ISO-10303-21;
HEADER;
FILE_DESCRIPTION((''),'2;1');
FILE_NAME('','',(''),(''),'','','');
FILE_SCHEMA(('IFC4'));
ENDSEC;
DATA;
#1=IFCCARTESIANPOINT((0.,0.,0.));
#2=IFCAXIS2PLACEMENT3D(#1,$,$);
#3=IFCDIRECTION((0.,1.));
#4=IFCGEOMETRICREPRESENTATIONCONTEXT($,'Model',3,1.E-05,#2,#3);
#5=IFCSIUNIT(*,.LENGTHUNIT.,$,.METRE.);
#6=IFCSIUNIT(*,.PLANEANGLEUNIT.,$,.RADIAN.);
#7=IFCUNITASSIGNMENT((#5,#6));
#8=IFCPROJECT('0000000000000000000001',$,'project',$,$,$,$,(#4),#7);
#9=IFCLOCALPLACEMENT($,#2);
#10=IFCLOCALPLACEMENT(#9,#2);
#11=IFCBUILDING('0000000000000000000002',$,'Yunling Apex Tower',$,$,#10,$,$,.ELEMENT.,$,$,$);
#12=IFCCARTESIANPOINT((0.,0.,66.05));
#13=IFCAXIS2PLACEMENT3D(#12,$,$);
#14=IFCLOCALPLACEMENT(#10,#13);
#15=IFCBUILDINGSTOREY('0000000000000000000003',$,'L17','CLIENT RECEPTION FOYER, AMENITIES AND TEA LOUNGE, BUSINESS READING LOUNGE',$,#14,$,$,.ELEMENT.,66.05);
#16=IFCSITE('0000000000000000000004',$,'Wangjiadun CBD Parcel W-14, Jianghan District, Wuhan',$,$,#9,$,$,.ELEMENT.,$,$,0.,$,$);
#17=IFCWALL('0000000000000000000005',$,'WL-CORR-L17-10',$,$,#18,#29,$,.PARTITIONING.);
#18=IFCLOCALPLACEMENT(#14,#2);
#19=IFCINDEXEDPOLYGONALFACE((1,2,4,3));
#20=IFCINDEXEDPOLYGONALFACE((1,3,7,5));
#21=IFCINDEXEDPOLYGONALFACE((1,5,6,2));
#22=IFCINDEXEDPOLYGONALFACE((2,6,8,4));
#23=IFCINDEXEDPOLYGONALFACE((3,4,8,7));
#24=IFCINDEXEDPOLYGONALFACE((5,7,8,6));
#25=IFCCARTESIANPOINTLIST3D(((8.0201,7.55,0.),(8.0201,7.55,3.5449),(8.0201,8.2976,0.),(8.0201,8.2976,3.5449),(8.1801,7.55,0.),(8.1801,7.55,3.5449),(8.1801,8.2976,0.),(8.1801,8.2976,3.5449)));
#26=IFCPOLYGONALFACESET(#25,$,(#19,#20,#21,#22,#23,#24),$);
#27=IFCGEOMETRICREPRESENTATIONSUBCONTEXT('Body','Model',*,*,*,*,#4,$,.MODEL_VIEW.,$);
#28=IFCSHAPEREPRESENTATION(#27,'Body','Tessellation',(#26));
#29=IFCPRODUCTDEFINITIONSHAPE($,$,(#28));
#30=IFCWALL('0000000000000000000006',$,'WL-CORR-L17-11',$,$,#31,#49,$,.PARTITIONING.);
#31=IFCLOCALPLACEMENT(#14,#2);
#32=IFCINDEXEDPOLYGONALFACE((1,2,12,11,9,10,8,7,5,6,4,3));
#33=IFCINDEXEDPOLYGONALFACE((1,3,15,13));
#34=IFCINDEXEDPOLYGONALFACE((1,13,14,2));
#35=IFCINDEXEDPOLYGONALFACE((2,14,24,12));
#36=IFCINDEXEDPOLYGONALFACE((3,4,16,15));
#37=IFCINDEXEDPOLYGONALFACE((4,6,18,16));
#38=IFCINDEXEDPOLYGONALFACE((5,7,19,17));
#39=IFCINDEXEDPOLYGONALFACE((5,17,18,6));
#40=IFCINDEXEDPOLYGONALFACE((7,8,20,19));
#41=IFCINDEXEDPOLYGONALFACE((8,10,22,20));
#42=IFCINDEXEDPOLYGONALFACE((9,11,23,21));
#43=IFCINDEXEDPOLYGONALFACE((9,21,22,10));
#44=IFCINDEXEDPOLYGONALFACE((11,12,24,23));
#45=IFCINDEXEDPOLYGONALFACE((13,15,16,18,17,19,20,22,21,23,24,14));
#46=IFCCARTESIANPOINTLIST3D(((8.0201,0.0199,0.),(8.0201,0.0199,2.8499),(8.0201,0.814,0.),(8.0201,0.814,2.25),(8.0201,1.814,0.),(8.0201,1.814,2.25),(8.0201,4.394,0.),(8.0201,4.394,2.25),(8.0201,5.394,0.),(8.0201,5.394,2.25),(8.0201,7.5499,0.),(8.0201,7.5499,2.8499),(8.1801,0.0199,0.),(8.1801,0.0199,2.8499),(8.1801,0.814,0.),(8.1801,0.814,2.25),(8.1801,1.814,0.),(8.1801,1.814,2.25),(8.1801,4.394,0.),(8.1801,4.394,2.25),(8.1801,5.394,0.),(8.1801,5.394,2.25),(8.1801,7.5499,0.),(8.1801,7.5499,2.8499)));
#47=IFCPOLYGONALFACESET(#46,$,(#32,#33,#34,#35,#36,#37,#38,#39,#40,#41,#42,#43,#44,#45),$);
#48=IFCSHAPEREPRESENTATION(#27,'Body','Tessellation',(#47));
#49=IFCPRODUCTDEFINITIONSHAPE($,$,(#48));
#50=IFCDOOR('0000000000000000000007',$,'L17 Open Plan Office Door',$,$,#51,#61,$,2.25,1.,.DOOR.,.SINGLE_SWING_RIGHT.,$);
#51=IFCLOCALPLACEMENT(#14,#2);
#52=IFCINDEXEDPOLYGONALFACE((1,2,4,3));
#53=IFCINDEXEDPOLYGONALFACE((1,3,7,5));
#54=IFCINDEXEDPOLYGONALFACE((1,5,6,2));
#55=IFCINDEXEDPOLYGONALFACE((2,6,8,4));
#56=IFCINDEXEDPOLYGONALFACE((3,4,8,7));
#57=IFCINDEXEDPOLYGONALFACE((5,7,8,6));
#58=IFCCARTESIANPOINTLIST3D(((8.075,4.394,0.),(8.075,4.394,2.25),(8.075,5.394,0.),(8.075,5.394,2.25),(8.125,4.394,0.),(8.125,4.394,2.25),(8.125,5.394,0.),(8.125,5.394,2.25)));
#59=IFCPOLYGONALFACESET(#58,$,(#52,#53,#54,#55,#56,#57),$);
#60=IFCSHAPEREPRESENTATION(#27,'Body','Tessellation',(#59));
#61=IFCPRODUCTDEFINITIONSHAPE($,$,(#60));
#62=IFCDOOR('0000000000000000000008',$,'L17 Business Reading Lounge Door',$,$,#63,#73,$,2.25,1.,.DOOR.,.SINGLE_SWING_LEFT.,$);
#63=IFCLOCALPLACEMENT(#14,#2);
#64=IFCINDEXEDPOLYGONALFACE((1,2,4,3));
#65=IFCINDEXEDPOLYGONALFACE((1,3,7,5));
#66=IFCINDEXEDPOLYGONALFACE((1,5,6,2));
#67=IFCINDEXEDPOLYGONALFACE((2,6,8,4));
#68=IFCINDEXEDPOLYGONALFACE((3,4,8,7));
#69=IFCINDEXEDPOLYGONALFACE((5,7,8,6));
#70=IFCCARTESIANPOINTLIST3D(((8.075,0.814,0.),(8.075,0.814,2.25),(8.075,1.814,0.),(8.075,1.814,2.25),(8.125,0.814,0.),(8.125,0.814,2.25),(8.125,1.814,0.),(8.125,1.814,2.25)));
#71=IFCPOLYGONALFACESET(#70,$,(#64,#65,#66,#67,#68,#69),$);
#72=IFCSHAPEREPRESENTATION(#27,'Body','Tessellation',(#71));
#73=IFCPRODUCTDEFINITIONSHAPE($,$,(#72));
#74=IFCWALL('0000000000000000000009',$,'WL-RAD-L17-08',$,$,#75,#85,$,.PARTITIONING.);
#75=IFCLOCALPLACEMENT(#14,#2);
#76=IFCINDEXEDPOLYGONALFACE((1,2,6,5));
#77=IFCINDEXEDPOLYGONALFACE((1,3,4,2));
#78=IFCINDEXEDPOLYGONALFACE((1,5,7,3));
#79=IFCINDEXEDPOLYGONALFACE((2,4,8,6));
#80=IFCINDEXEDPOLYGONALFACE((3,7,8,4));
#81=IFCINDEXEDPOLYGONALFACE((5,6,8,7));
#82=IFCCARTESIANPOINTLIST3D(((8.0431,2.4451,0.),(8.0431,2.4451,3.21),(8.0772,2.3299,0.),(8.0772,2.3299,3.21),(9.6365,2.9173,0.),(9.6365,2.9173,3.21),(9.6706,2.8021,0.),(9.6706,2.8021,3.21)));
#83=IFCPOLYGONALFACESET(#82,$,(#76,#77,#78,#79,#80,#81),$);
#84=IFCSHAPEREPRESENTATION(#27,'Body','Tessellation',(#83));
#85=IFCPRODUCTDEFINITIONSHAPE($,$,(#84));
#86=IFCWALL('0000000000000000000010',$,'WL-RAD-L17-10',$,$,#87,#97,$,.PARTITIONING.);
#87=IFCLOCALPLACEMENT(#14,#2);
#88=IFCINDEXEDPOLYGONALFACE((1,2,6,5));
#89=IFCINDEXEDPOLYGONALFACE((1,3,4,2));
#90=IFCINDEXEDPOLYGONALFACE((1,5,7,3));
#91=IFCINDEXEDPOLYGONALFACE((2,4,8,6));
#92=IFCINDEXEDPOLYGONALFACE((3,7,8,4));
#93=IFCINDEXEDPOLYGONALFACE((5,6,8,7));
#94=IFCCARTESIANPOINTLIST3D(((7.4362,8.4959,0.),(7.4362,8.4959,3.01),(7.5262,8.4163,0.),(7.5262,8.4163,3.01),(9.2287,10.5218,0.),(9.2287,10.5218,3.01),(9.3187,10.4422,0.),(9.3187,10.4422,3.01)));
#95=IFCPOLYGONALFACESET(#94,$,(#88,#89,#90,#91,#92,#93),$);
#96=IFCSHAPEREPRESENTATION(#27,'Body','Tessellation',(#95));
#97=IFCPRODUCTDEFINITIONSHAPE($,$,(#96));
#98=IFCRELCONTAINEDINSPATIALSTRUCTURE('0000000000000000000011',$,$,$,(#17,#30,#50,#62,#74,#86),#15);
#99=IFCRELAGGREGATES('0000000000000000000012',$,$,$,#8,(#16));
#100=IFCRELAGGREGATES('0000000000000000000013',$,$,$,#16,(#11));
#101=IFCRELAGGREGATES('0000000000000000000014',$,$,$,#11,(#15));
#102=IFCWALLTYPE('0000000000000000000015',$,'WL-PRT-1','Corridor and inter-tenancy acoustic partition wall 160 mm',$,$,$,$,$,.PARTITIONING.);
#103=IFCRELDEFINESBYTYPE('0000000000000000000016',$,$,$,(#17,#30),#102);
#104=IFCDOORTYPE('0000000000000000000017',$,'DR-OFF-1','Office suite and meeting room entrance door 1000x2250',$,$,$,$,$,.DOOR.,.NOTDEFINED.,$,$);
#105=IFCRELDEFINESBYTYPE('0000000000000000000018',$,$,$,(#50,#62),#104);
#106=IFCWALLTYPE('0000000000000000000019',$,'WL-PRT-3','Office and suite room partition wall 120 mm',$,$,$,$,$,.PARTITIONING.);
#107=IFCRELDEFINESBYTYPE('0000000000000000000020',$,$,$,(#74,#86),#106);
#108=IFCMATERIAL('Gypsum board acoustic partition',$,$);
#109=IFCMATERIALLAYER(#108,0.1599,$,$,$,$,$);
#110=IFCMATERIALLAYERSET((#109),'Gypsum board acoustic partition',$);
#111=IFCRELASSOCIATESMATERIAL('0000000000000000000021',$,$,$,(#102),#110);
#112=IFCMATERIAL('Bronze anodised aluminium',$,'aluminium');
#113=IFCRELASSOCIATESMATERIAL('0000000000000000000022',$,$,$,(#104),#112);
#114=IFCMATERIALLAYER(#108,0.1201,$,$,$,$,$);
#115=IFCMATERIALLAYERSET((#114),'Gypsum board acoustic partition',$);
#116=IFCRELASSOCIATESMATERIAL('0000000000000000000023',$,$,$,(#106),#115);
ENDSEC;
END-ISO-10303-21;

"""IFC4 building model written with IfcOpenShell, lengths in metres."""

from ifc_helpers import new_model, si_unit, direction, frame, frame_2d, origin, place, context, subcontext, project, spatial, rectangle, extrude, material, layer, layer_set, type_object, element, fill, save


model = new_model("IFC4")

# Units and contexts
model_context = context("Model", 3, precision=1e-05, world=origin(), true_north=direction((0.0, 1.0)))
body_context = subcontext(model_context, "Body", "Model", "MODEL_VIEW")
ifc_project = project(units=[si_unit("LENGTHUNIT", "METRE"), si_unit("PLANEANGLEUNIT", "RADIAN")], contexts=[model_context])

# Site, building, storey
site_placement = place(None, origin())
site = spatial("IfcSite", under=ifc_project, at=site_placement, Name="Wangjiadun CBD Parcel W-14, Jianghan District, Wuhan", CompositionType="ELEMENT", RefElevation=0.0)
building_placement = place(site_placement, origin())
building = spatial("IfcBuilding", under=site, at=building_placement, Name="Yunling Apex Tower", CompositionType="ELEMENT")
storey_placement = place(building_placement, frame((0.0, 0.0, 66.05)))
storey = spatial("IfcBuildingStorey", under=building, at=storey_placement, Name="L17", Description="CLIENT RECEPTION FOYER, AMENITIES AND TEA LOUNGE, BUSINESS READING LOUNGE", CompositionType="ELEMENT", Elevation=66.05)

# Shared definitions
ifc_material_1 = material(Name="Bronze anodised aluminium", Category="aluminium")

# Wall
ifc_material_2 = material(Name="Gypsum board acoustic partition")
ifc_layer_1 = layer(ifc_material_2, 0.1599)
ifc_layer_set_1 = layer_set([ifc_layer_1], Name="Gypsum board acoustic partition")
wall_type_1 = type_object("IfcWallType", Name="WL-PRT-1", Description="Corridor and inter-tenancy acoustic partition wall 160 mm", PredefinedType="PARTITIONING", material=ifc_layer_set_1)
wall_1_placement = place(storey_placement, frame((8.1001, 8.2976, 0.0), z_axis=(0.0, 0.0, 1.0), x_axis=(0.0, -1.0, 0.0)))
element("IfcWall", 1, at=wall_1_placement, inside=storey, type_object=wall_type_1, Name="WL-CORR-L17-10", PredefinedType="PARTITIONING", context=body_context, shape_type="SweptSolid", body=[
    extrude(rectangle(XDim=0.7476, YDim=0.1599, at=frame_2d((0.3738, 0.0))), origin(), (0.0, 0.0, 1.0), 3.5449),
])

# Wall, openings, doors
wall_2_placement = place(storey_placement, frame((8.1001, 7.55, 0.0), z_axis=(0.0, 0.0, 1.0), x_axis=(0.0, -1.0, 0.0)))
wall_2 = element("IfcWall", 2, at=wall_2_placement, inside=storey, type_object=wall_type_1, Name="WL-CORR-L17-11", PredefinedType="PARTITIONING", context=body_context, shape_type="SweptSolid", body=[
    extrude(rectangle(XDim=7.53, YDim=0.1599, at=frame_2d((3.7651, 0.0))), origin(), (0.0, 0.0, 1.0), 2.8499),
])
opening_1_placement = place(wall_2_placement, frame((2.156, 0.0, 0.0)))
opening_1 = element("IfcOpeningElement", 3, at=opening_1_placement, cuts=wall_2, PredefinedType="OPENING", context=body_context, shape_type="SweptSolid", body=[
    extrude(rectangle(XDim=1.0, YDim=2.25, at=frame_2d((0.5, 1.125))), frame((0.0, 0.0898, 0.0), z_axis=(0.0, -1.0, 0.0), x_axis=(1.0, 0.0, 0.0)), (0.0, 0.0, 1.0), 0.1799),
])
opening_2_placement = place(wall_2_placement, frame((5.7361, 0.0, 0.0)))
opening_2 = element("IfcOpeningElement", 4, at=opening_2_placement, cuts=wall_2, PredefinedType="OPENING", context=body_context, shape_type="SweptSolid", body=[
    extrude(rectangle(XDim=1.0, YDim=2.25, at=frame_2d((0.5, 1.125))), frame((0.0, 0.0898, 0.0), z_axis=(0.0, -1.0, 0.0), x_axis=(1.0, 0.0, 0.0)), (0.0, 0.0, 1.0), 0.1799),
])
door_type = type_object("IfcDoorType", Name="DR-OFF-1", Description="Office suite and meeting room entrance door 1000x2250", OperationType="NOTDEFINED", PredefinedType="DOOR", material=ifc_material_1)
door_1_placement = place(opening_1_placement, origin())
door_1 = element("IfcDoor", 5, at=door_1_placement, inside=storey, type_object=door_type, Name="L17 Open Plan Office Door", OperationType="SINGLE_SWING_RIGHT", OverallHeight=2.25, OverallWidth=1.0, PredefinedType="DOOR", context=body_context, shape_type="SweptSolid", body=[
    extrude(rectangle(XDim=1.0, YDim=2.25, at=frame_2d((0.5, 1.125))), frame((0.0, 0.0249, 0.0), z_axis=(0.0, -1.0, 0.0), x_axis=(1.0, 0.0, 0.0)), (0.0, 0.0, 1.0), 0.05),
])
fill(opening_1, door_1)
door_2_placement = place(opening_2_placement, origin())
door_2 = element("IfcDoor", 6, at=door_2_placement, inside=storey, type_object=door_type, Name="L17 Business Reading Lounge Door", OperationType="SINGLE_SWING_LEFT", OverallHeight=2.25, OverallWidth=1.0, PredefinedType="DOOR", context=body_context, shape_type="SweptSolid", body=[
    extrude(rectangle(XDim=1.0, YDim=2.25, at=frame_2d((0.5, 1.125))), frame((0.0, 0.0249, 0.0), z_axis=(0.0, -1.0, 0.0), x_axis=(1.0, 0.0, 0.0)), (0.0, 0.0, 1.0), 0.05),
])
fill(opening_2, door_2)

# Walls
ifc_layer_2 = layer(ifc_material_2, 0.1201)
ifc_layer_set_2 = layer_set([ifc_layer_2], Name="Gypsum board acoustic partition")
wall_type_2 = type_object("IfcWallType", Name="WL-PRT-3", Description="Office and suite room partition wall 120 mm", PredefinedType="PARTITIONING", material=ifc_layer_set_2)
wall_3_placement = place(storey_placement, frame((8.0601, 2.3875, 0.0), z_axis=(0.0, 0.0, 1.0), x_axis=(0.958783, 0.284138, 0.0)))
element("IfcWall", 7, at=wall_3_placement, inside=storey, type_object=wall_type_2, Name="WL-RAD-L17-08", PredefinedType="PARTITIONING", context=body_context, shape_type="SweptSolid", body=[
    extrude(rectangle(XDim=1.6619, YDim=0.1201, at=frame_2d((0.8311, 0.0))), origin(), (0.0, 0.0, 1.0), 3.21),
])
wall_4_placement = place(storey_placement, frame((7.4812, 8.4561, 0.0), z_axis=(0.0, 0.0, 1.0), x_axis=(0.662648, 0.748931, 0.0)))
element("IfcWall", 8, at=wall_4_placement, inside=storey, type_object=wall_type_2, Name="WL-RAD-L17-10", PredefinedType="PARTITIONING", context=body_context, shape_type="SweptSolid", body=[
    extrude(rectangle(XDim=2.7051, YDim=0.1201, at=frame_2d((1.3525, 0.0))), origin(), (0.0, 0.0, 1.0), 3.01),
])

save(model, "model.ifc")
